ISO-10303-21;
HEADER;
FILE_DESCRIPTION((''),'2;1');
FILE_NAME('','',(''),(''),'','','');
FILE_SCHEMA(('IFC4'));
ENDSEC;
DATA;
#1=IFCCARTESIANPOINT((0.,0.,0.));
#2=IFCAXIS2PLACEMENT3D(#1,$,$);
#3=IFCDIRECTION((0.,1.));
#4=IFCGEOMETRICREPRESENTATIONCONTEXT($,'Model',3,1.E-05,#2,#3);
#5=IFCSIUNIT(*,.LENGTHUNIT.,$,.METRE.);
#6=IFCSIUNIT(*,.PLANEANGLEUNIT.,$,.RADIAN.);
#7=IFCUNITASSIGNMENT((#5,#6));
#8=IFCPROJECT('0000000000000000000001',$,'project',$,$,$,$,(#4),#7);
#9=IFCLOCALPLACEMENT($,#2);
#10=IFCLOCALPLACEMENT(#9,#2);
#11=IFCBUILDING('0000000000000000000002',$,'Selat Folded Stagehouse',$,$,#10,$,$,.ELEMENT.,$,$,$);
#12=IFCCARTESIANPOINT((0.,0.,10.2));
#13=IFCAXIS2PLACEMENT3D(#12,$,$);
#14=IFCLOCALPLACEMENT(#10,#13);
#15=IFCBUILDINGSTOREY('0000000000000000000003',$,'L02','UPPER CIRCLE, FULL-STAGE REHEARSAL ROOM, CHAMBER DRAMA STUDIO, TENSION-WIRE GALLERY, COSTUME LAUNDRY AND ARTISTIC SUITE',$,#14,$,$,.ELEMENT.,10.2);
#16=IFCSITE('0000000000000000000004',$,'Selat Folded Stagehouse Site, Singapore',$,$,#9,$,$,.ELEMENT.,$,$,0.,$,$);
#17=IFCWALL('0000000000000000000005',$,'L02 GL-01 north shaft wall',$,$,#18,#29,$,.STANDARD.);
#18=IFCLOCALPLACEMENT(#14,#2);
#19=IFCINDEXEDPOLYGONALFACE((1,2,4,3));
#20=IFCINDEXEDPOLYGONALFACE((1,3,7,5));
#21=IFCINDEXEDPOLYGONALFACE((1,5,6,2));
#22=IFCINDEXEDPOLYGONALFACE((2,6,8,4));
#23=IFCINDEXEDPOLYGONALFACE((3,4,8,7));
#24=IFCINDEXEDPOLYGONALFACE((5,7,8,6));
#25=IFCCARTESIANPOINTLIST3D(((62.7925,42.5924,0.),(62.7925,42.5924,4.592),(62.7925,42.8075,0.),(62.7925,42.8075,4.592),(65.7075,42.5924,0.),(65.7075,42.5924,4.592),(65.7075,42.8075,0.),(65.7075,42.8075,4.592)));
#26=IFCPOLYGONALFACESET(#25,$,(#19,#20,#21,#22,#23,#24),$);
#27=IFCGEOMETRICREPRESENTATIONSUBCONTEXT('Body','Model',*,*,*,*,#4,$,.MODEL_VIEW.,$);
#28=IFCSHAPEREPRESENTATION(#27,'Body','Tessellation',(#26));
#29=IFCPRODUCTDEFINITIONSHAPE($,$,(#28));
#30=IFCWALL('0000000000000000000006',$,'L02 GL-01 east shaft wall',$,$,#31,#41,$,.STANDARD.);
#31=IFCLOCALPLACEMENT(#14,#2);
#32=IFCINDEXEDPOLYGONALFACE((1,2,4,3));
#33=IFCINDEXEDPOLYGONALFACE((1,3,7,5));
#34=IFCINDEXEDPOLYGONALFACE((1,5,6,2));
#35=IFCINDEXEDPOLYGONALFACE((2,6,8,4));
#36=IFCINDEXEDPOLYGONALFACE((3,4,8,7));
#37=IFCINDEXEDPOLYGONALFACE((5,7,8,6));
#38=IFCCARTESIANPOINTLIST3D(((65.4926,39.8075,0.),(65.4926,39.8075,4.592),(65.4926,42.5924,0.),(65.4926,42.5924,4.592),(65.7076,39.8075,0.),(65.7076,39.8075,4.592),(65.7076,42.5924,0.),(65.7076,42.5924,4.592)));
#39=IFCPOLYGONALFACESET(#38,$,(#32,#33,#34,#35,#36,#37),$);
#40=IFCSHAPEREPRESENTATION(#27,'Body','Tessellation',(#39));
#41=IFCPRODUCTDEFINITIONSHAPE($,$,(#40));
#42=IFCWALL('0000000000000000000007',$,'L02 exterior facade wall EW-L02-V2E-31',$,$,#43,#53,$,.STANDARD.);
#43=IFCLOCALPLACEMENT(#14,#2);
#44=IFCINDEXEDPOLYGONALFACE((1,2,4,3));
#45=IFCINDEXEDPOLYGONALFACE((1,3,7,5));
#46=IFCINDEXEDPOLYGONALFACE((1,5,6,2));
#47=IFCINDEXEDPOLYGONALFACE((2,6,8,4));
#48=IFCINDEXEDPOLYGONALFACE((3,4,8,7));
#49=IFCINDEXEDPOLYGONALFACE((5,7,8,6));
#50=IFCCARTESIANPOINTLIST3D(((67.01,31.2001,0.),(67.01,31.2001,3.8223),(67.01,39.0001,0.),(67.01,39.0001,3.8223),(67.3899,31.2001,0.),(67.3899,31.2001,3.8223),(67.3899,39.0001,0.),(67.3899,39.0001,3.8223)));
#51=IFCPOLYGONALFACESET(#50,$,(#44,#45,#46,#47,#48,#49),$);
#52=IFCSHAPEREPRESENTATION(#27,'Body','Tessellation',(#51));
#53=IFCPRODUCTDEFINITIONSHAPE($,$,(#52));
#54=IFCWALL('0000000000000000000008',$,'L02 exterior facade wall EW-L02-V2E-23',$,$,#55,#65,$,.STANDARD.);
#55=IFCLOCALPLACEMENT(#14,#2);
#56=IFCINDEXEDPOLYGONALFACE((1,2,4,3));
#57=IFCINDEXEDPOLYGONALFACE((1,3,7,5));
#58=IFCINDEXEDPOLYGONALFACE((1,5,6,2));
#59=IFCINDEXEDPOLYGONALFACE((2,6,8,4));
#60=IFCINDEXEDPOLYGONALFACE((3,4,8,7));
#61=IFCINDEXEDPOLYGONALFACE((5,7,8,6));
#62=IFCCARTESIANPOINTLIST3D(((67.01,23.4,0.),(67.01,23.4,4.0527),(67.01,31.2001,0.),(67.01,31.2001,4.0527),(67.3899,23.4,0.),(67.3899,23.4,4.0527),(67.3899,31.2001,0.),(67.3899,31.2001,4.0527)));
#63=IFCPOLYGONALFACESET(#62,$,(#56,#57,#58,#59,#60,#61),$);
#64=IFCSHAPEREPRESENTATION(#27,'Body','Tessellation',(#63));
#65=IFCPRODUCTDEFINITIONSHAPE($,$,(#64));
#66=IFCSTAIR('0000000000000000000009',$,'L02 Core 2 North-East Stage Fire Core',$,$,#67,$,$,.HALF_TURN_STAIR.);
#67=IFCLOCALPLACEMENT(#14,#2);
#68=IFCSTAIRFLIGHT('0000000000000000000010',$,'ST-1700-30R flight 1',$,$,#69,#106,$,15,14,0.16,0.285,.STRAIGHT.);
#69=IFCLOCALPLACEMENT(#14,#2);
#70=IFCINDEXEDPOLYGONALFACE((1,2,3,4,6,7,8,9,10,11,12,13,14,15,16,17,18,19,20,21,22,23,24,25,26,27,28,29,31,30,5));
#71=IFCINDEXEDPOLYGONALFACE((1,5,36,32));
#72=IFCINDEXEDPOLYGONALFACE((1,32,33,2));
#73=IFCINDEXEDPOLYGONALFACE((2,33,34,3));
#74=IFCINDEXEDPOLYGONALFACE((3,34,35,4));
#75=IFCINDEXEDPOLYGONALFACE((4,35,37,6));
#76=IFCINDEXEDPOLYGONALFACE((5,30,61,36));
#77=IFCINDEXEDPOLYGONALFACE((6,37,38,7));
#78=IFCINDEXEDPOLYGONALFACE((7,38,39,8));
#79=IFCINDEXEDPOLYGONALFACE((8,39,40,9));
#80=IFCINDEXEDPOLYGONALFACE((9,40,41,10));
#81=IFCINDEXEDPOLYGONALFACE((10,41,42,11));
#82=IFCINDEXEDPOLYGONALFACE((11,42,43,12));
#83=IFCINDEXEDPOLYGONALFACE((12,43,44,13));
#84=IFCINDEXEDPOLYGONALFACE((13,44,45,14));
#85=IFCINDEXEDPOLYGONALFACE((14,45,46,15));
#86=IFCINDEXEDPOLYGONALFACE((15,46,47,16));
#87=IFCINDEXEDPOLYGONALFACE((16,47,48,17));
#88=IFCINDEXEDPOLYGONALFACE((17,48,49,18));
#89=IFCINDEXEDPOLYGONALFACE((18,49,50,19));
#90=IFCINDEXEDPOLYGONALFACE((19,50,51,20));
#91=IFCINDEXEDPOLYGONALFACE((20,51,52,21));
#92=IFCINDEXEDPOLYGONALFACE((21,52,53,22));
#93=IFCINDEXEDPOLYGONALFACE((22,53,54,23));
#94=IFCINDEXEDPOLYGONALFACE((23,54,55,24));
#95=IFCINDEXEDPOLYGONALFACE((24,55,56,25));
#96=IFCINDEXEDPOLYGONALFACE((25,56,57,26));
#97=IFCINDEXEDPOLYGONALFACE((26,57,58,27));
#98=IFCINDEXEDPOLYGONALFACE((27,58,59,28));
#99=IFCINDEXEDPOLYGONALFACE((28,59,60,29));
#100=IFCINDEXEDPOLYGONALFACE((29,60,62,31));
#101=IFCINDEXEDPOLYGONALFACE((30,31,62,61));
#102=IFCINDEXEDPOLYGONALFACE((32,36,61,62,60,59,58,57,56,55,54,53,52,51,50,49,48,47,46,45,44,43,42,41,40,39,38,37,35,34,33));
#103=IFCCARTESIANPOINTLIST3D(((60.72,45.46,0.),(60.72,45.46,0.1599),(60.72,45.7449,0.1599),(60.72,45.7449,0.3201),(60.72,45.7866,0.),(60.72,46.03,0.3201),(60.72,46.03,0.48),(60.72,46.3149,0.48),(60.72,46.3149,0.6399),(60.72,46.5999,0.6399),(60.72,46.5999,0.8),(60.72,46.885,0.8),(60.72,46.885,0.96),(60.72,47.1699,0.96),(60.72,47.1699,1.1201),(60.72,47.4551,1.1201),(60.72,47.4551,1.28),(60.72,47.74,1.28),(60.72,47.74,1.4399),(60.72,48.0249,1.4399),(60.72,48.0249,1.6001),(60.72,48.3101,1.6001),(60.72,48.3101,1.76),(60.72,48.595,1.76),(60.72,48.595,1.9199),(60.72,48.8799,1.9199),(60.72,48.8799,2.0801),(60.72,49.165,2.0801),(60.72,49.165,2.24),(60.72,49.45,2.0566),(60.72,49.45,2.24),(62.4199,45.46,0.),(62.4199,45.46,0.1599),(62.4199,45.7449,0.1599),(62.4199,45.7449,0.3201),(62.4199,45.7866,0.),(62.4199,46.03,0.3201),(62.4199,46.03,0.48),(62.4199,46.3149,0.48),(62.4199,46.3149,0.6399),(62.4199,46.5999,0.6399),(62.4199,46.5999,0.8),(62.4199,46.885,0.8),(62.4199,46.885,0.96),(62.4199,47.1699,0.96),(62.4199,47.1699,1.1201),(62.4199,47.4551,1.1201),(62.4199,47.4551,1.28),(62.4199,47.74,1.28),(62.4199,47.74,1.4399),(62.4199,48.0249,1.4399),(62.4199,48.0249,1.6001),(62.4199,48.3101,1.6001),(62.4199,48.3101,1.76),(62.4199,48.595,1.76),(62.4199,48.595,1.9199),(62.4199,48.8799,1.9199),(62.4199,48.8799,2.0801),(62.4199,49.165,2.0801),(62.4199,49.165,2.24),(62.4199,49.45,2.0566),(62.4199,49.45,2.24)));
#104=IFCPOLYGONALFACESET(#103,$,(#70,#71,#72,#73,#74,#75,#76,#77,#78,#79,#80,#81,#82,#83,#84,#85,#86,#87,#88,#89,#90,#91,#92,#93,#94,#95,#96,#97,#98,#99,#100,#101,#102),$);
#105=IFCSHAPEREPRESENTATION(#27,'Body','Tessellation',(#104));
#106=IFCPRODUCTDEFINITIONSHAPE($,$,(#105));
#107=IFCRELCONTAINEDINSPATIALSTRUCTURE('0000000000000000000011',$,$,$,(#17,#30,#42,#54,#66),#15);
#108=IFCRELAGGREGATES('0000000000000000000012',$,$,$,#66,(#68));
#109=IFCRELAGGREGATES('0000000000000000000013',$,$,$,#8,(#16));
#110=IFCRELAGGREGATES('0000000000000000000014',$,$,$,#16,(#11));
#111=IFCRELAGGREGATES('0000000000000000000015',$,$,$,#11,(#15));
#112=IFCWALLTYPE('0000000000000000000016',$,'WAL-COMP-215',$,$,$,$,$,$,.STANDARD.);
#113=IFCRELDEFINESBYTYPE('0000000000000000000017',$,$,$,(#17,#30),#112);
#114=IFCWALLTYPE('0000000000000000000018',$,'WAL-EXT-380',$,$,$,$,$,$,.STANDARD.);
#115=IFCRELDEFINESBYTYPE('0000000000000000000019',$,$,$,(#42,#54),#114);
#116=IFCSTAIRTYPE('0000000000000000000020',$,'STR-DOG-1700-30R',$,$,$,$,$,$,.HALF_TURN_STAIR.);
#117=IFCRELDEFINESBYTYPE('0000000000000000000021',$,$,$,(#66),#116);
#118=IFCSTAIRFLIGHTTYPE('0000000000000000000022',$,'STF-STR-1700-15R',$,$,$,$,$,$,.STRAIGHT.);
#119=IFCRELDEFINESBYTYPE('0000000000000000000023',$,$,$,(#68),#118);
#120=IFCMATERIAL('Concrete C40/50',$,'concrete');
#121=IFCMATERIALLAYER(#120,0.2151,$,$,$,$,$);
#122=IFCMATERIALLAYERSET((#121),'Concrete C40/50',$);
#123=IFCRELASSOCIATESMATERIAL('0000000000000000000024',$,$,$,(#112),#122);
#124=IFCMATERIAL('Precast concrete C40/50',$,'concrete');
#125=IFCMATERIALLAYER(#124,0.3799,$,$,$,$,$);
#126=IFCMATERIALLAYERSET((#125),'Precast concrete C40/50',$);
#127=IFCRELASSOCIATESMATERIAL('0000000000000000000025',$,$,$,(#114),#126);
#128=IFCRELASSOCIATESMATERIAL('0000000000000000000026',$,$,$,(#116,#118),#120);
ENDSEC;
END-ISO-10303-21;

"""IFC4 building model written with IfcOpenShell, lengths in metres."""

from ifc_helpers import new_model, si_unit, direction, frame, frame_2d, origin, place, context, subcontext, project, spatial, polyline, rectangle, outline, extrude, material, layer, layer_set, type_object, element, aggregate, save


model = new_model("IFC4")

# Units and contexts
model_context = context("Model", 3, precision=1e-05, world=origin(), true_north=direction((0.0, 1.0)))
body_context = subcontext(model_context, "Body", "Model", "MODEL_VIEW")
ifc_project = project(units=[si_unit("LENGTHUNIT", "METRE"), si_unit("PLANEANGLEUNIT", "RADIAN")], contexts=[model_context])

# Site, building, storey
site_placement = place(None, origin())
site = spatial("IfcSite", under=ifc_project, at=site_placement, Name="Selat Folded Stagehouse Site, Singapore", CompositionType="ELEMENT", RefElevation=0.0)
building_placement = place(site_placement, origin())
building = spatial("IfcBuilding", under=site, at=building_placement, Name="Selat Folded Stagehouse", CompositionType="ELEMENT")
storey_placement = place(building_placement, frame((0.0, 0.0, 10.2)))
storey = spatial("IfcBuildingStorey", under=building, at=storey_placement, Name="L02", Description="UPPER CIRCLE, FULL-STAGE REHEARSAL ROOM, CHAMBER DRAMA STUDIO, TENSION-WIRE GALLERY, COSTUME LAUNDRY AND ARTISTIC SUITE", CompositionType="ELEMENT", Elevation=10.2)

# Wall
ifc_material_1 = material(Name="Concrete C40/50", Category="concrete")
ifc_layer_1 = layer(ifc_material_1, 0.2151)
ifc_layer_set_1 = layer_set([ifc_layer_1], Name="Concrete C40/50")
wall_type_1 = type_object("IfcWallType", Name="WAL-COMP-215", PredefinedType="STANDARD", material=ifc_layer_set_1)
for number, where, z_axis, x_axis, name in (
    (1, (62.7925, 42.7, 0.0), (0.0, 0.0, 1.0), (1.0, 0.0, 0.0), "L02 GL-01 north shaft wall"),
):
    element("IfcWall", number, at=place(storey_placement, frame(where, z_axis=z_axis, x_axis=x_axis)), inside=storey, type_object=wall_type_1, Name=name, PredefinedType="STANDARD", context=body_context, shape_type="SweptSolid", body=[
        extrude(rectangle(XDim=2.915, YDim=0.2151, at=frame_2d((1.4575, 0.0))), origin(), (0.0, 0.0, 1.0), 4.592),
    ])

# Walls
wall_1_placement = place(storey_placement, frame((65.6001, 42.5925, 0.0), z_axis=(0.0, 0.0, 1.0), x_axis=(0.0, -1.0, 0.0)))
element("IfcWall", 2, at=wall_1_placement, inside=storey, type_object=wall_type_1, Name="L02 GL-01 east shaft wall", PredefinedType="STANDARD", context=body_context, shape_type="SweptSolid", body=[
    extrude(rectangle(XDim=2.7849, YDim=0.2151, at=frame_2d((1.3926, 0.0))), origin(), (0.0, 0.0, 1.0), 4.592),
])
ifc_material_2 = material(Name="Precast concrete C40/50", Category="concrete")
ifc_layer_2 = layer(ifc_material_2, 0.3799)
ifc_layer_set_2 = layer_set([ifc_layer_2], Name="Precast concrete C40/50")
wall_type_2 = type_object("IfcWallType", Name="WAL-EXT-380", PredefinedType="STANDARD", material=ifc_layer_set_2)
wall_2_placement = place(storey_placement, frame((67.2, 39.0, 0.0), z_axis=(0.0, 0.0, 1.0), x_axis=(0.0, -1.0, 0.0)))
element("IfcWall", 3, at=wall_2_placement, inside=storey, type_object=wall_type_2, Name="L02 exterior facade wall EW-L02-V2E-31", PredefinedType="STANDARD", context=body_context, shape_type="SweptSolid", body=[
    extrude(rectangle(XDim=7.8, YDim=0.3799, at=frame_2d((3.8999, 0.0))), origin(), (0.0, 0.0, 1.0), 3.8223),
])
wall_3_placement = place(storey_placement, frame((67.2, 31.2, 0.0), z_axis=(0.0, 0.0, 1.0), x_axis=(0.0, -1.0, 0.0)))
element("IfcWall", 4, at=wall_3_placement, inside=storey, type_object=wall_type_2, Name="L02 exterior facade wall EW-L02-V2E-23", PredefinedType="STANDARD", context=body_context, shape_type="SweptSolid", body=[
    extrude(rectangle(XDim=7.8, YDim=0.3799, at=frame_2d((3.8999, 0.0))), origin(), (0.0, 0.0, 1.0), 4.0527),
])

# Stair, stair flight
stair_type = type_object("IfcStairType", Name="STR-DOG-1700-30R", PredefinedType="HALF_TURN_STAIR", material=ifc_material_1)
stair_placement = place(storey_placement, origin())
stair = element("IfcStair", 5, at=stair_placement, inside=storey, type_object=stair_type, Name="L02 Core 2 North-East Stage Fire Core", PredefinedType="HALF_TURN_STAIR")
stair_flight_type = type_object("IfcStairFlightType", Name="STF-STR-1700-15R", PredefinedType="STRAIGHT", material=ifc_material_1)
stair_flight_placement = place(storey_placement, frame((61.5701, 45.46, 0.0), z_axis=(0.0, 0.0, 1.0), x_axis=(0.0, 1.0, 0.0)))
stair_flight = element("IfcStairFlight", 6, at=stair_flight_placement, type_object=stair_flight_type, Name="ST-1700-30R flight 1", NumberOfRisers=15, NumberOfTreads=14, PredefinedType="STRAIGHT", RiserHeight=0.16, TreadLength=0.285, context=body_context, shape_type="SweptSolid", body=[
    extrude(outline(polyline([(0.0, 0.0), (0.0, 0.1599), (0.2849, 0.1599), (0.2849, 0.3201), (0.5701, 0.3201), (0.5701, 0.48), (0.855, 0.48), (0.855, 0.6399), (1.1399, 0.6399), (1.1399, 0.8), (1.425, 0.8), (1.425, 0.96), (1.71, 0.96), (1.71, 1.1201), (1.9951, 1.1201), (1.9951, 1.28), (2.28, 1.28), (2.28, 1.4399), (2.5649, 1.4399), (2.5649, 1.6001), (2.8501, 1.6001), (2.8501, 1.76), (3.135, 1.76), (3.135, 1.9199), (3.4199, 1.9199), (3.4199, 2.0801), (3.7051, 2.0801), (3.7051, 2.24), (3.99, 2.24), (3.99, 2.3999), (3.99, 2.0566), (0.3267, 0.0), (0.0, 0.0)])), frame((0.0, 0.8501, 0.0), z_axis=(0.0, -1.0, 0.0), x_axis=(1.0, 0.0, 0.0)), (0.0, 0.0, 1.0), 1.7),
])
aggregate(stair, [stair_flight])

save(model, "model.ifc")
